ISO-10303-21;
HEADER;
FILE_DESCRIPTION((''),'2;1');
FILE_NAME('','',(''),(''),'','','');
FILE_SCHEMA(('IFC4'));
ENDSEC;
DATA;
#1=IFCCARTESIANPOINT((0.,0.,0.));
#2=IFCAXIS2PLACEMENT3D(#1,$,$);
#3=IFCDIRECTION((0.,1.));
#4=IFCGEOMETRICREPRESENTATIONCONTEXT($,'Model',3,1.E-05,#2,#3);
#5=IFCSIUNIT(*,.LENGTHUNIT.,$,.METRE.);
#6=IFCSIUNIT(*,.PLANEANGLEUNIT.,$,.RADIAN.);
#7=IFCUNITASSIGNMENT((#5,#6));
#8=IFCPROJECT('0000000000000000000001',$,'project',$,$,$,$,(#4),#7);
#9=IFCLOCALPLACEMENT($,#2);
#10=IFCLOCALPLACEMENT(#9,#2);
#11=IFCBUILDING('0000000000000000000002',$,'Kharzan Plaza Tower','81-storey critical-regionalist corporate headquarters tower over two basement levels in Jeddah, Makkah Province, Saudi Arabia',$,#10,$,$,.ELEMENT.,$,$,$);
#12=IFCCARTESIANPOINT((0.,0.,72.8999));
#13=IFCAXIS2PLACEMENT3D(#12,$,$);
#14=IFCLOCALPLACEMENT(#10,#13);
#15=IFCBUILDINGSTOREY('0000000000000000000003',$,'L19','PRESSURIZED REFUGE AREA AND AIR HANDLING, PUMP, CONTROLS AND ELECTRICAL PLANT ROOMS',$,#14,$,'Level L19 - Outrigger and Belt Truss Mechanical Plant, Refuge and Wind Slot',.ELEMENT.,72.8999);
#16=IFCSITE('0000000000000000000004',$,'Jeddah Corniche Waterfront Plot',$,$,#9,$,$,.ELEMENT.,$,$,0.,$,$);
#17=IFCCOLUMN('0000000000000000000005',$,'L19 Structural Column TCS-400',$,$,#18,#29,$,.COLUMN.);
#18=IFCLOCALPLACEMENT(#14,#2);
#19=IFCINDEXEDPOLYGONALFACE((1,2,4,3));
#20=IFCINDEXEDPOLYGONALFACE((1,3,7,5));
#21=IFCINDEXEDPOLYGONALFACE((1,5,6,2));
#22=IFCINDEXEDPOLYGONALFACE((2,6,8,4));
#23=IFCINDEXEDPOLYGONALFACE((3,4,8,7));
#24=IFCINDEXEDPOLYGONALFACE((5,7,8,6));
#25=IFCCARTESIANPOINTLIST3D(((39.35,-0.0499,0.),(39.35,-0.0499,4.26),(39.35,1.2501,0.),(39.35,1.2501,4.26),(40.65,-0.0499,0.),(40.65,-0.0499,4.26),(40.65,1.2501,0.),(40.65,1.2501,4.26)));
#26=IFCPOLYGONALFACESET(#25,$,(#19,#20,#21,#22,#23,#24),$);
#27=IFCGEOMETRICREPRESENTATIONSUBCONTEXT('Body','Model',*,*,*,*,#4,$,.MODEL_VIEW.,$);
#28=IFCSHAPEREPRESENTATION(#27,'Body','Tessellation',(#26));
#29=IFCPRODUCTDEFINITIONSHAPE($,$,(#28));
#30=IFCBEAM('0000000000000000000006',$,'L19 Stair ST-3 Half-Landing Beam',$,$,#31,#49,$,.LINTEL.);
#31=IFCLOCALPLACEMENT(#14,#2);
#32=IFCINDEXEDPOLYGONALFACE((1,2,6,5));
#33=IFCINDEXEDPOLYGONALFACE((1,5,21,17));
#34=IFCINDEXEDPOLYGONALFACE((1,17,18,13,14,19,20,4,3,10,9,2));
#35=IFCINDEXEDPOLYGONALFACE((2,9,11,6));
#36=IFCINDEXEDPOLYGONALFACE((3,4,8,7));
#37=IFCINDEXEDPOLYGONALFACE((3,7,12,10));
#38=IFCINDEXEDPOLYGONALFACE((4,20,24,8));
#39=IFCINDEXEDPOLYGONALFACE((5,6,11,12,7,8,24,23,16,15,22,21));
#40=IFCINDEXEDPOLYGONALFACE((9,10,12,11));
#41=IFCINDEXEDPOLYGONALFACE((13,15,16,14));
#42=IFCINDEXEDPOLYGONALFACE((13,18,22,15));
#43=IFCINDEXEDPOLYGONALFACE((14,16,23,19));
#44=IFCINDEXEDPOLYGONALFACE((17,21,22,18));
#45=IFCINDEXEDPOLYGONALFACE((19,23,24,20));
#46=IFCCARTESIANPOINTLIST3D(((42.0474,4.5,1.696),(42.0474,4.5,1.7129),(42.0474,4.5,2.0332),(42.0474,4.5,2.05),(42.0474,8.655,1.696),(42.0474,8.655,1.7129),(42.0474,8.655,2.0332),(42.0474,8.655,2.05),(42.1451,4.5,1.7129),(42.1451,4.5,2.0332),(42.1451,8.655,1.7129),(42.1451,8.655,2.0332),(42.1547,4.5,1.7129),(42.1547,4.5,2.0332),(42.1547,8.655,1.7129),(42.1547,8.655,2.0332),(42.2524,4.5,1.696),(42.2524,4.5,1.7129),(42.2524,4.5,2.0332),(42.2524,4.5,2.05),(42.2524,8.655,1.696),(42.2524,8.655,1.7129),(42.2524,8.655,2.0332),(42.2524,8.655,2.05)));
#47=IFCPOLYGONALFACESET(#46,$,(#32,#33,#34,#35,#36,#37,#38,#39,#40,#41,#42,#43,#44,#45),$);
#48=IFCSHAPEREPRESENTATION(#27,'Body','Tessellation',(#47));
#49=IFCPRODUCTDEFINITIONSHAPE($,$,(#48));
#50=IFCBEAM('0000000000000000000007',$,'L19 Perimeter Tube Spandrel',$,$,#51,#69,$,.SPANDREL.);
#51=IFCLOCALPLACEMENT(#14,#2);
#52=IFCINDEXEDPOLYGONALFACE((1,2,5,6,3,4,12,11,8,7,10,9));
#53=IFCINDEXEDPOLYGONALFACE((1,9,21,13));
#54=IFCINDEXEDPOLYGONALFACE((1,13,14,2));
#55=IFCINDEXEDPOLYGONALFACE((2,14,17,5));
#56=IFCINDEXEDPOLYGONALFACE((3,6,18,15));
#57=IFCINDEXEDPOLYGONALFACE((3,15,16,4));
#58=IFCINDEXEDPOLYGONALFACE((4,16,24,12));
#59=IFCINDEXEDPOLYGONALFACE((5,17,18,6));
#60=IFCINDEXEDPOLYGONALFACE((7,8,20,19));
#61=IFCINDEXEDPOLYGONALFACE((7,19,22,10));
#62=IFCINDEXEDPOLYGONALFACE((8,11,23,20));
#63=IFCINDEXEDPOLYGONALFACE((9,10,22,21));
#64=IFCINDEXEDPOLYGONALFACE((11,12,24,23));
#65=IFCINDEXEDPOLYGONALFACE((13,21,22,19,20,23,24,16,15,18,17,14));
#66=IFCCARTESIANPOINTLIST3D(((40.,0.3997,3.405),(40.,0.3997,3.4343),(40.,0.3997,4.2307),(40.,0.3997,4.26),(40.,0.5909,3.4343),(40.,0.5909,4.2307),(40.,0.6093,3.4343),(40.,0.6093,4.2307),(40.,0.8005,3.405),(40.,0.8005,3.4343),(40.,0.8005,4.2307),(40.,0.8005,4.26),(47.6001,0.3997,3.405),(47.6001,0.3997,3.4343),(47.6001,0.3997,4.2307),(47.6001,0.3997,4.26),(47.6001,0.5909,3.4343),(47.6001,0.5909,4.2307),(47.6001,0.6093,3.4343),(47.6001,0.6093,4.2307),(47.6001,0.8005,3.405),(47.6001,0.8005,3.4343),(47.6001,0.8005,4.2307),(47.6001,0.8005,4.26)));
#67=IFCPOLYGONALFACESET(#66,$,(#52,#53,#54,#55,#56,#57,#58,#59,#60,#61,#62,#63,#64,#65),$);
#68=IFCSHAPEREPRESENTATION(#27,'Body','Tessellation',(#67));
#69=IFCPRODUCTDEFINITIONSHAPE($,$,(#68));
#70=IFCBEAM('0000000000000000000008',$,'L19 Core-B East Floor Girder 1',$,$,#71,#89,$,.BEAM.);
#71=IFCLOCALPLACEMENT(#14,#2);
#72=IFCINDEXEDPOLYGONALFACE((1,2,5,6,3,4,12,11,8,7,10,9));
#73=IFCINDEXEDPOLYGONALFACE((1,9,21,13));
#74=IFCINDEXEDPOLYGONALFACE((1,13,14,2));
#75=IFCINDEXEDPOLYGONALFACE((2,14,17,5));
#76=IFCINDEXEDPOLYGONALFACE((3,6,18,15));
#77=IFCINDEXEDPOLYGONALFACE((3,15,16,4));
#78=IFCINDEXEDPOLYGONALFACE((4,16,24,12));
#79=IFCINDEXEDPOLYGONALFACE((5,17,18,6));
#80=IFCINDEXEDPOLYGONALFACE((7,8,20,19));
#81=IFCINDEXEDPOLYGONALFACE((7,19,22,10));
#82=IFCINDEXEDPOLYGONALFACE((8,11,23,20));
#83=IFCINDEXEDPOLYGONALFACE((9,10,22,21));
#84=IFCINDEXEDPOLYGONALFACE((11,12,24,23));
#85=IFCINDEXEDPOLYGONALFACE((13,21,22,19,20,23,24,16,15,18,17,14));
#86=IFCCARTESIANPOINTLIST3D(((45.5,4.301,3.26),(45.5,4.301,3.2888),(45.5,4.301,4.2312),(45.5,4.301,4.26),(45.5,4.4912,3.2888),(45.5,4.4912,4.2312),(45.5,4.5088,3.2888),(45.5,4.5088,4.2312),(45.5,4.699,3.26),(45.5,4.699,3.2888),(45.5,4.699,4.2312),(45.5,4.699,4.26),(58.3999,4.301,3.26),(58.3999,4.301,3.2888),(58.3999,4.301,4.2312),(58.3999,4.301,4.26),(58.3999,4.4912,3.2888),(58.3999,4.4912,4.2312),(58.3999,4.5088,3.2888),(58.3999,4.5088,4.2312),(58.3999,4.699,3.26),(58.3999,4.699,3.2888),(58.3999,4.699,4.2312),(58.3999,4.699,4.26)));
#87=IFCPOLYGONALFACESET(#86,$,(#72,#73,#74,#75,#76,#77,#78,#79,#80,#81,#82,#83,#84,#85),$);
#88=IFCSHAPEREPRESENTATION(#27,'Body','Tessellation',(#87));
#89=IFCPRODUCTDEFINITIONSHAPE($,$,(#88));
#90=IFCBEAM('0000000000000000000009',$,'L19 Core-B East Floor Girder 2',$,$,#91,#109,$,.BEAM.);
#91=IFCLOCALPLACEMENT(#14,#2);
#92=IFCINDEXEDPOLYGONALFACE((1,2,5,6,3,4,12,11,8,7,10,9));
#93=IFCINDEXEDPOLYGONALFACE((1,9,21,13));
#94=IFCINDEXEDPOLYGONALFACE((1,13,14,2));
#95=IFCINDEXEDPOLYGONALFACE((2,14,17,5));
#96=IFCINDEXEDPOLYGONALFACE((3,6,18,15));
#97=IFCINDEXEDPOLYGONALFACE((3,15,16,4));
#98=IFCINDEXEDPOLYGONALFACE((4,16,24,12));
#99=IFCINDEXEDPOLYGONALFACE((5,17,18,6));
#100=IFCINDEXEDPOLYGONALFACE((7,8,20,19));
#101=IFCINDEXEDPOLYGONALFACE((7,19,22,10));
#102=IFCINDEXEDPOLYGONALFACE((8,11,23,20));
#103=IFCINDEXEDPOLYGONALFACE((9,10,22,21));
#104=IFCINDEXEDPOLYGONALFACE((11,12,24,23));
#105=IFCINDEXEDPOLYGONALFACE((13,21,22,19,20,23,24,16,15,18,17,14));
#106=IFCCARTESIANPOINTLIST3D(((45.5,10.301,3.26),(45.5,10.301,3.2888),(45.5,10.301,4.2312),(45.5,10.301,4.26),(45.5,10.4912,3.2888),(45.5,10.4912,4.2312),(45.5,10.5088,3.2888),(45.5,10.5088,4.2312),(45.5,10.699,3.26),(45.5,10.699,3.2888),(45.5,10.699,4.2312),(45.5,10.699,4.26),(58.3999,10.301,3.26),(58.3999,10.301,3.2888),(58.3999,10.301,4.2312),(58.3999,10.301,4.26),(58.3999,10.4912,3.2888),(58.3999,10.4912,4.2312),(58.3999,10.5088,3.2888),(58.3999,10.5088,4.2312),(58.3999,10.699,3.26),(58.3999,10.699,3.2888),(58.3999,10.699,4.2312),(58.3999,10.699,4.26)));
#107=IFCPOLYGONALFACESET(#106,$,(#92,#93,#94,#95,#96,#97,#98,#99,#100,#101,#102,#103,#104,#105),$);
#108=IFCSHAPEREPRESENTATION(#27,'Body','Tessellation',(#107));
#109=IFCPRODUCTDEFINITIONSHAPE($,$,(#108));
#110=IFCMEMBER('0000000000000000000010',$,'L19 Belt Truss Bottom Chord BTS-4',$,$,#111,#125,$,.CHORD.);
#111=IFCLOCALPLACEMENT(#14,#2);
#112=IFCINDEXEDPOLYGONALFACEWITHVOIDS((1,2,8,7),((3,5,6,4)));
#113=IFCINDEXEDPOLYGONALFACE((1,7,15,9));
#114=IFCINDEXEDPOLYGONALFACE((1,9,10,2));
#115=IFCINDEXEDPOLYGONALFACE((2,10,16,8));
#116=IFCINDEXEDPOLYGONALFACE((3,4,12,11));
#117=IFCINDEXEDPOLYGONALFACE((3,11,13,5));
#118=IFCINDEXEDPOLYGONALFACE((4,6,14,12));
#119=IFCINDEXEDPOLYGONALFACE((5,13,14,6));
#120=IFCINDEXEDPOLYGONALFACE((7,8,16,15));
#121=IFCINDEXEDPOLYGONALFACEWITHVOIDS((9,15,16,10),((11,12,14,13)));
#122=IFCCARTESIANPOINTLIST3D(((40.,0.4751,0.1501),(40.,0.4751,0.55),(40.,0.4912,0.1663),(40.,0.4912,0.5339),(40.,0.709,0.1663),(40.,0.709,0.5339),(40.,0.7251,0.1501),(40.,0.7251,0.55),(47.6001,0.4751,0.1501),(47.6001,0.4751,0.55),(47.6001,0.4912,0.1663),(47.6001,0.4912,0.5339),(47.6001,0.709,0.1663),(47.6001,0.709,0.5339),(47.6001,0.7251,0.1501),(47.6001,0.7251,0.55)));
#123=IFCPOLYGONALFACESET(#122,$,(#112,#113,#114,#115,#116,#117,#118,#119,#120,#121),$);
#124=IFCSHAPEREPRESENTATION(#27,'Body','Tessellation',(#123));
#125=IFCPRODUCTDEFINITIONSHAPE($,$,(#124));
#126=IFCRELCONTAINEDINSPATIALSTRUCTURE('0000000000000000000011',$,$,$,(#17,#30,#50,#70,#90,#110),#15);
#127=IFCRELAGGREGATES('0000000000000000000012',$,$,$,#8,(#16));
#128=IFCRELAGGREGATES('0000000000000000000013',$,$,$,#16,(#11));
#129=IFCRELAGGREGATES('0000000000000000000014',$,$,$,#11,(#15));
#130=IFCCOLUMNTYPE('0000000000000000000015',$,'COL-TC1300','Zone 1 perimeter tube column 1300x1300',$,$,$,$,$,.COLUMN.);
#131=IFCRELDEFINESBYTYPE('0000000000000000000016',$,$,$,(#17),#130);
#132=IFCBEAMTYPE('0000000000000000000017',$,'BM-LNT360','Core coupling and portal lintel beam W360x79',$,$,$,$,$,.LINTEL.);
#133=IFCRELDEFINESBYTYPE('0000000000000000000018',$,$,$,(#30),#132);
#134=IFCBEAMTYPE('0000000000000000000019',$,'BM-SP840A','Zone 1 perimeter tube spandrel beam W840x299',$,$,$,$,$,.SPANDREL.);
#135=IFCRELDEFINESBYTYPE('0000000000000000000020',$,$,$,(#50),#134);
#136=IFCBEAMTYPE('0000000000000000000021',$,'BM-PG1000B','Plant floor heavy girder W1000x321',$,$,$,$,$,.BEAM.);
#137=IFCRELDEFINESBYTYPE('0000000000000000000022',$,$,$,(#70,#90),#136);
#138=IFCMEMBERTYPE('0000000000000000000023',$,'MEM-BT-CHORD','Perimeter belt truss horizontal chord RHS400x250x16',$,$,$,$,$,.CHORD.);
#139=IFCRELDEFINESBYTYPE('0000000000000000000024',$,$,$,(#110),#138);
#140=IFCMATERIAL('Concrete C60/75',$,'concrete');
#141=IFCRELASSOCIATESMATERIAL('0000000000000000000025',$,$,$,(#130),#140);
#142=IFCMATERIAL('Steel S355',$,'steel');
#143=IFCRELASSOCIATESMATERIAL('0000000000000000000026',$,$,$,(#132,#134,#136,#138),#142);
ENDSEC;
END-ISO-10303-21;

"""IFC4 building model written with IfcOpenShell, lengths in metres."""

from ifc_helpers import new_model, si_unit, direction, frame, origin, origin_2d, place, context, subcontext, project, spatial, rectangle, hollow_rectangle, i_section, extrude, source, transform, mapped, material, material_profile, profile_set, type_object, element, save


model = new_model("IFC4")

# Units and contexts
model_context = context("Model", 3, precision=1e-05, world=origin(), true_north=direction((0.0, 1.0)))
body_context = subcontext(model_context, "Body", "Model", "MODEL_VIEW")
ifc_project = project(units=[si_unit("LENGTHUNIT", "METRE"), si_unit("PLANEANGLEUNIT", "RADIAN")], contexts=[model_context])

# Site, building, storey
site_placement = place(None, origin())
site = spatial("IfcSite", under=ifc_project, at=site_placement, Name="Jeddah Corniche Waterfront Plot", CompositionType="ELEMENT", RefElevation=0.0)
building_placement = place(site_placement, origin())
building = spatial("IfcBuilding", under=site, at=building_placement, Name="Kharzan Plaza Tower", Description="81-storey critical-regionalist corporate headquarters tower over two basement levels in Jeddah, Makkah Province, Saudi Arabia", CompositionType="ELEMENT")
storey_placement = place(building_placement, frame((0.0, 0.0, 72.8999)))
storey = spatial("IfcBuildingStorey", under=building, at=storey_placement, Name="L19", Description="PRESSURIZED REFUGE AREA AND AIR HANDLING, PUMP, CONTROLS AND ELECTRICAL PLANT ROOMS", LongName="Level L19 - Outrigger and Belt Truss Mechanical Plant, Refuge and Wind Slot", CompositionType="ELEMENT", Elevation=72.8999)

# Column
ifc_material_1 = material(Name="Concrete C60/75", Category="concrete")
ifc_material_profile_1 = material_profile(ifc_material_1, rectangle(XDim=1.3, YDim=1.3, at=origin_2d()), Name="RC-TC1300x1300")
ifc_profile_set_1 = profile_set([ifc_material_profile_1], Name="Concrete C60/75")
column_type = type_object("IfcColumnType", Name="COL-TC1300", Description="Zone 1 perimeter tube column 1300x1300", PredefinedType="COLUMN", material=ifc_profile_set_1)
shared_shape_1 = source(origin(), body_context, "Body", "SweptSolid", [
    extrude(rectangle(XDim=1.3, YDim=1.3, at=origin_2d()), origin(), (0.0, 0.0, 1.0), 4.26),
])
column_placement = place(storey_placement, frame((40.0, 0.6001, 0.0), z_axis=(0.0, 0.0, 1.0), x_axis=(1.0, 0.0, 0.0)))
element("IfcColumn", 1, at=column_placement, inside=storey, type_object=column_type, Name="L19 Structural Column TCS-400", PredefinedType="COLUMN", context=body_context, shape_type="MappedRepresentation", body=[
    mapped(shared_shape_1, transform((0.0, 0.0, 0.0), x_axis=(1.0, 0.0, 0.0), y_axis=(0.0, 1.0, 0.0), z_axis=(0.0, 0.0, 1.0))),
])

# Beams
ifc_material_2 = material(Name="Steel S355", Category="steel")
ifc_material_profile_2 = material_profile(ifc_material_2, i_section(OverallWidth=0.2051, OverallDepth=0.354, WebThickness=0.0095, FlangeThickness=0.0168, at=origin_2d()), Name="W360x79")
ifc_profile_set_2 = profile_set([ifc_material_profile_2], Name="Steel S355")
beam_type_1 = type_object("IfcBeamType", Name="BM-LNT360", Description="Core coupling and portal lintel beam W360x79", PredefinedType="LINTEL", material=ifc_profile_set_2)
shared_shape_2 = source(origin(), body_context, "Body", "SweptSolid", [
    extrude(i_section(OverallWidth=0.2051, OverallDepth=0.354, WebThickness=0.0095, FlangeThickness=0.0168, at=origin_2d()), origin(), (0.0, 0.0, 1.0), 4.155),
])
beam_1_placement = place(storey_placement, frame((42.1499, 4.5, 1.873), z_axis=(0.0, 1.0, 0.0), x_axis=(-1.0, 0.0, 0.0)))
element("IfcBeam", 2, at=beam_1_placement, inside=storey, type_object=beam_type_1, Name="L19 Stair ST-3 Half-Landing Beam", PredefinedType="LINTEL", context=body_context, shape_type="MappedRepresentation", body=[
    mapped(shared_shape_2, transform((0.0, 0.0, 0.0), x_axis=(1.0, 0.0, 0.0), y_axis=(0.0, 1.0, 0.0), z_axis=(0.0, 0.0, 1.0))),
])
ifc_material_profile_3 = material_profile(ifc_material_2, i_section(OverallWidth=0.4009, OverallDepth=0.855, WebThickness=0.0183, FlangeThickness=0.0293, at=origin_2d()), Name="W840x299")
ifc_profile_set_3 = profile_set([ifc_material_profile_3], Name="Steel S355")
beam_type_2 = type_object("IfcBeamType", Name="BM-SP840A", Description="Zone 1 perimeter tube spandrel beam W840x299", PredefinedType="SPANDREL", material=ifc_profile_set_3)
shared_shape_3 = source(origin(), body_context, "Body", "SweptSolid", [
    extrude(i_section(OverallWidth=0.4009, OverallDepth=0.855, WebThickness=0.0183, FlangeThickness=0.0293, at=origin_2d()), origin(), (0.0, 0.0, 1.0), 7.6001),
])
beam_2_placement = place(storey_placement, frame((40.0, 0.6001, 3.8325), z_axis=(1.0, 0.0, 0.0), x_axis=(0.0, 1.0, 0.0)))
element("IfcBeam", 3, at=beam_2_placement, inside=storey, type_object=beam_type_2, Name="L19 Perimeter Tube Spandrel", PredefinedType="SPANDREL", context=body_context, shape_type="MappedRepresentation", body=[
    mapped(shared_shape_3, transform((0.0, 0.0, 0.0), x_axis=(1.0, 0.0, 0.0), y_axis=(0.0, 1.0, 0.0), z_axis=(0.0, 0.0, 1.0))),
])
ifc_material_profile_4 = material_profile(ifc_material_2, i_section(OverallWidth=0.3979, OverallDepth=1.0, WebThickness=0.0176, FlangeThickness=0.0288, at=origin_2d()), Name="W1000x321")
ifc_profile_set_4 = profile_set([ifc_material_profile_4], Name="Steel S355")
beam_type_3 = type_object("IfcBeamType", Name="BM-PG1000B", Description="Plant floor heavy girder W1000x321", PredefinedType="BEAM", material=ifc_profile_set_4)
shared_shape_4 = source(origin(), body_context, "Body", "SweptSolid", [
    extrude(i_section(OverallWidth=0.3979, OverallDepth=1.0, WebThickness=0.0176, FlangeThickness=0.0288, at=origin_2d()), origin(), (0.0, 0.0, 1.0), 12.8999),
])
for number, where, z_axis, x_axis, name in (
    (4, (45.5, 4.5, 3.76), (1.0, 0.0, 0.0), (0.0, 1.0, 0.0), "L19 Core-B East Floor Girder 1"),
    (5, (45.5, 10.5, 3.76), (1.0, 0.0, 0.0), (0.0, 1.0, 0.0), "L19 Core-B East Floor Girder 2"),
):
    element("IfcBeam", number, at=place(storey_placement, frame(where, z_axis=z_axis, x_axis=x_axis)), inside=storey, type_object=beam_type_3, Name=name, PredefinedType="BEAM", context=body_context, shape_type="MappedRepresentation", body=[
        mapped(shared_shape_4, transform((0.0, 0.0, 0.0), x_axis=(1.0, 0.0, 0.0), y_axis=(0.0, 1.0, 0.0), z_axis=(0.0, 0.0, 1.0))),
    ])

# Member
ifc_material_profile_5 = material_profile(ifc_material_2, hollow_rectangle(XDim=0.25, YDim=0.3999, WallThickness=0.0161, at=origin_2d()), Name="RHS400x250x16")
ifc_profile_set_5 = profile_set([ifc_material_profile_5], Name="Steel S355")
member_type_1 = type_object("IfcMemberType", Name="MEM-BT-CHORD", Description="Perimeter belt truss horizontal chord RHS400x250x16", PredefinedType="CHORD", material=ifc_profile_set_5)
shared_shape_5 = source(origin(), body_context, "Body", "SweptSolid", [
    extrude(hollow_rectangle(XDim=0.25, YDim=0.3999, WallThickness=0.0161, at=origin_2d()), origin(), (0.0, 0.0, 1.0), 7.6001),
])
member_1_placement = place(storey_placement, frame((40.0, 0.6001, 0.3501), z_axis=(1.0, 0.0, 0.0), x_axis=(0.0, 1.0, 0.0)))
element("IfcMember", 6, at=member_1_placement, inside=storey, type_object=member_type_1, Name="L19 Belt Truss Bottom Chord BTS-4", PredefinedType="CHORD", context=body_context, shape_type="MappedRepresentation", body=[
    mapped(shared_shape_5, transform((0.0, 0.0, 0.0), x_axis=(1.0, 0.0, 0.0), y_axis=(0.0, 1.0, 0.0), z_axis=(0.0, 0.0, 1.0))),
])

save(model, "model.ifc")
